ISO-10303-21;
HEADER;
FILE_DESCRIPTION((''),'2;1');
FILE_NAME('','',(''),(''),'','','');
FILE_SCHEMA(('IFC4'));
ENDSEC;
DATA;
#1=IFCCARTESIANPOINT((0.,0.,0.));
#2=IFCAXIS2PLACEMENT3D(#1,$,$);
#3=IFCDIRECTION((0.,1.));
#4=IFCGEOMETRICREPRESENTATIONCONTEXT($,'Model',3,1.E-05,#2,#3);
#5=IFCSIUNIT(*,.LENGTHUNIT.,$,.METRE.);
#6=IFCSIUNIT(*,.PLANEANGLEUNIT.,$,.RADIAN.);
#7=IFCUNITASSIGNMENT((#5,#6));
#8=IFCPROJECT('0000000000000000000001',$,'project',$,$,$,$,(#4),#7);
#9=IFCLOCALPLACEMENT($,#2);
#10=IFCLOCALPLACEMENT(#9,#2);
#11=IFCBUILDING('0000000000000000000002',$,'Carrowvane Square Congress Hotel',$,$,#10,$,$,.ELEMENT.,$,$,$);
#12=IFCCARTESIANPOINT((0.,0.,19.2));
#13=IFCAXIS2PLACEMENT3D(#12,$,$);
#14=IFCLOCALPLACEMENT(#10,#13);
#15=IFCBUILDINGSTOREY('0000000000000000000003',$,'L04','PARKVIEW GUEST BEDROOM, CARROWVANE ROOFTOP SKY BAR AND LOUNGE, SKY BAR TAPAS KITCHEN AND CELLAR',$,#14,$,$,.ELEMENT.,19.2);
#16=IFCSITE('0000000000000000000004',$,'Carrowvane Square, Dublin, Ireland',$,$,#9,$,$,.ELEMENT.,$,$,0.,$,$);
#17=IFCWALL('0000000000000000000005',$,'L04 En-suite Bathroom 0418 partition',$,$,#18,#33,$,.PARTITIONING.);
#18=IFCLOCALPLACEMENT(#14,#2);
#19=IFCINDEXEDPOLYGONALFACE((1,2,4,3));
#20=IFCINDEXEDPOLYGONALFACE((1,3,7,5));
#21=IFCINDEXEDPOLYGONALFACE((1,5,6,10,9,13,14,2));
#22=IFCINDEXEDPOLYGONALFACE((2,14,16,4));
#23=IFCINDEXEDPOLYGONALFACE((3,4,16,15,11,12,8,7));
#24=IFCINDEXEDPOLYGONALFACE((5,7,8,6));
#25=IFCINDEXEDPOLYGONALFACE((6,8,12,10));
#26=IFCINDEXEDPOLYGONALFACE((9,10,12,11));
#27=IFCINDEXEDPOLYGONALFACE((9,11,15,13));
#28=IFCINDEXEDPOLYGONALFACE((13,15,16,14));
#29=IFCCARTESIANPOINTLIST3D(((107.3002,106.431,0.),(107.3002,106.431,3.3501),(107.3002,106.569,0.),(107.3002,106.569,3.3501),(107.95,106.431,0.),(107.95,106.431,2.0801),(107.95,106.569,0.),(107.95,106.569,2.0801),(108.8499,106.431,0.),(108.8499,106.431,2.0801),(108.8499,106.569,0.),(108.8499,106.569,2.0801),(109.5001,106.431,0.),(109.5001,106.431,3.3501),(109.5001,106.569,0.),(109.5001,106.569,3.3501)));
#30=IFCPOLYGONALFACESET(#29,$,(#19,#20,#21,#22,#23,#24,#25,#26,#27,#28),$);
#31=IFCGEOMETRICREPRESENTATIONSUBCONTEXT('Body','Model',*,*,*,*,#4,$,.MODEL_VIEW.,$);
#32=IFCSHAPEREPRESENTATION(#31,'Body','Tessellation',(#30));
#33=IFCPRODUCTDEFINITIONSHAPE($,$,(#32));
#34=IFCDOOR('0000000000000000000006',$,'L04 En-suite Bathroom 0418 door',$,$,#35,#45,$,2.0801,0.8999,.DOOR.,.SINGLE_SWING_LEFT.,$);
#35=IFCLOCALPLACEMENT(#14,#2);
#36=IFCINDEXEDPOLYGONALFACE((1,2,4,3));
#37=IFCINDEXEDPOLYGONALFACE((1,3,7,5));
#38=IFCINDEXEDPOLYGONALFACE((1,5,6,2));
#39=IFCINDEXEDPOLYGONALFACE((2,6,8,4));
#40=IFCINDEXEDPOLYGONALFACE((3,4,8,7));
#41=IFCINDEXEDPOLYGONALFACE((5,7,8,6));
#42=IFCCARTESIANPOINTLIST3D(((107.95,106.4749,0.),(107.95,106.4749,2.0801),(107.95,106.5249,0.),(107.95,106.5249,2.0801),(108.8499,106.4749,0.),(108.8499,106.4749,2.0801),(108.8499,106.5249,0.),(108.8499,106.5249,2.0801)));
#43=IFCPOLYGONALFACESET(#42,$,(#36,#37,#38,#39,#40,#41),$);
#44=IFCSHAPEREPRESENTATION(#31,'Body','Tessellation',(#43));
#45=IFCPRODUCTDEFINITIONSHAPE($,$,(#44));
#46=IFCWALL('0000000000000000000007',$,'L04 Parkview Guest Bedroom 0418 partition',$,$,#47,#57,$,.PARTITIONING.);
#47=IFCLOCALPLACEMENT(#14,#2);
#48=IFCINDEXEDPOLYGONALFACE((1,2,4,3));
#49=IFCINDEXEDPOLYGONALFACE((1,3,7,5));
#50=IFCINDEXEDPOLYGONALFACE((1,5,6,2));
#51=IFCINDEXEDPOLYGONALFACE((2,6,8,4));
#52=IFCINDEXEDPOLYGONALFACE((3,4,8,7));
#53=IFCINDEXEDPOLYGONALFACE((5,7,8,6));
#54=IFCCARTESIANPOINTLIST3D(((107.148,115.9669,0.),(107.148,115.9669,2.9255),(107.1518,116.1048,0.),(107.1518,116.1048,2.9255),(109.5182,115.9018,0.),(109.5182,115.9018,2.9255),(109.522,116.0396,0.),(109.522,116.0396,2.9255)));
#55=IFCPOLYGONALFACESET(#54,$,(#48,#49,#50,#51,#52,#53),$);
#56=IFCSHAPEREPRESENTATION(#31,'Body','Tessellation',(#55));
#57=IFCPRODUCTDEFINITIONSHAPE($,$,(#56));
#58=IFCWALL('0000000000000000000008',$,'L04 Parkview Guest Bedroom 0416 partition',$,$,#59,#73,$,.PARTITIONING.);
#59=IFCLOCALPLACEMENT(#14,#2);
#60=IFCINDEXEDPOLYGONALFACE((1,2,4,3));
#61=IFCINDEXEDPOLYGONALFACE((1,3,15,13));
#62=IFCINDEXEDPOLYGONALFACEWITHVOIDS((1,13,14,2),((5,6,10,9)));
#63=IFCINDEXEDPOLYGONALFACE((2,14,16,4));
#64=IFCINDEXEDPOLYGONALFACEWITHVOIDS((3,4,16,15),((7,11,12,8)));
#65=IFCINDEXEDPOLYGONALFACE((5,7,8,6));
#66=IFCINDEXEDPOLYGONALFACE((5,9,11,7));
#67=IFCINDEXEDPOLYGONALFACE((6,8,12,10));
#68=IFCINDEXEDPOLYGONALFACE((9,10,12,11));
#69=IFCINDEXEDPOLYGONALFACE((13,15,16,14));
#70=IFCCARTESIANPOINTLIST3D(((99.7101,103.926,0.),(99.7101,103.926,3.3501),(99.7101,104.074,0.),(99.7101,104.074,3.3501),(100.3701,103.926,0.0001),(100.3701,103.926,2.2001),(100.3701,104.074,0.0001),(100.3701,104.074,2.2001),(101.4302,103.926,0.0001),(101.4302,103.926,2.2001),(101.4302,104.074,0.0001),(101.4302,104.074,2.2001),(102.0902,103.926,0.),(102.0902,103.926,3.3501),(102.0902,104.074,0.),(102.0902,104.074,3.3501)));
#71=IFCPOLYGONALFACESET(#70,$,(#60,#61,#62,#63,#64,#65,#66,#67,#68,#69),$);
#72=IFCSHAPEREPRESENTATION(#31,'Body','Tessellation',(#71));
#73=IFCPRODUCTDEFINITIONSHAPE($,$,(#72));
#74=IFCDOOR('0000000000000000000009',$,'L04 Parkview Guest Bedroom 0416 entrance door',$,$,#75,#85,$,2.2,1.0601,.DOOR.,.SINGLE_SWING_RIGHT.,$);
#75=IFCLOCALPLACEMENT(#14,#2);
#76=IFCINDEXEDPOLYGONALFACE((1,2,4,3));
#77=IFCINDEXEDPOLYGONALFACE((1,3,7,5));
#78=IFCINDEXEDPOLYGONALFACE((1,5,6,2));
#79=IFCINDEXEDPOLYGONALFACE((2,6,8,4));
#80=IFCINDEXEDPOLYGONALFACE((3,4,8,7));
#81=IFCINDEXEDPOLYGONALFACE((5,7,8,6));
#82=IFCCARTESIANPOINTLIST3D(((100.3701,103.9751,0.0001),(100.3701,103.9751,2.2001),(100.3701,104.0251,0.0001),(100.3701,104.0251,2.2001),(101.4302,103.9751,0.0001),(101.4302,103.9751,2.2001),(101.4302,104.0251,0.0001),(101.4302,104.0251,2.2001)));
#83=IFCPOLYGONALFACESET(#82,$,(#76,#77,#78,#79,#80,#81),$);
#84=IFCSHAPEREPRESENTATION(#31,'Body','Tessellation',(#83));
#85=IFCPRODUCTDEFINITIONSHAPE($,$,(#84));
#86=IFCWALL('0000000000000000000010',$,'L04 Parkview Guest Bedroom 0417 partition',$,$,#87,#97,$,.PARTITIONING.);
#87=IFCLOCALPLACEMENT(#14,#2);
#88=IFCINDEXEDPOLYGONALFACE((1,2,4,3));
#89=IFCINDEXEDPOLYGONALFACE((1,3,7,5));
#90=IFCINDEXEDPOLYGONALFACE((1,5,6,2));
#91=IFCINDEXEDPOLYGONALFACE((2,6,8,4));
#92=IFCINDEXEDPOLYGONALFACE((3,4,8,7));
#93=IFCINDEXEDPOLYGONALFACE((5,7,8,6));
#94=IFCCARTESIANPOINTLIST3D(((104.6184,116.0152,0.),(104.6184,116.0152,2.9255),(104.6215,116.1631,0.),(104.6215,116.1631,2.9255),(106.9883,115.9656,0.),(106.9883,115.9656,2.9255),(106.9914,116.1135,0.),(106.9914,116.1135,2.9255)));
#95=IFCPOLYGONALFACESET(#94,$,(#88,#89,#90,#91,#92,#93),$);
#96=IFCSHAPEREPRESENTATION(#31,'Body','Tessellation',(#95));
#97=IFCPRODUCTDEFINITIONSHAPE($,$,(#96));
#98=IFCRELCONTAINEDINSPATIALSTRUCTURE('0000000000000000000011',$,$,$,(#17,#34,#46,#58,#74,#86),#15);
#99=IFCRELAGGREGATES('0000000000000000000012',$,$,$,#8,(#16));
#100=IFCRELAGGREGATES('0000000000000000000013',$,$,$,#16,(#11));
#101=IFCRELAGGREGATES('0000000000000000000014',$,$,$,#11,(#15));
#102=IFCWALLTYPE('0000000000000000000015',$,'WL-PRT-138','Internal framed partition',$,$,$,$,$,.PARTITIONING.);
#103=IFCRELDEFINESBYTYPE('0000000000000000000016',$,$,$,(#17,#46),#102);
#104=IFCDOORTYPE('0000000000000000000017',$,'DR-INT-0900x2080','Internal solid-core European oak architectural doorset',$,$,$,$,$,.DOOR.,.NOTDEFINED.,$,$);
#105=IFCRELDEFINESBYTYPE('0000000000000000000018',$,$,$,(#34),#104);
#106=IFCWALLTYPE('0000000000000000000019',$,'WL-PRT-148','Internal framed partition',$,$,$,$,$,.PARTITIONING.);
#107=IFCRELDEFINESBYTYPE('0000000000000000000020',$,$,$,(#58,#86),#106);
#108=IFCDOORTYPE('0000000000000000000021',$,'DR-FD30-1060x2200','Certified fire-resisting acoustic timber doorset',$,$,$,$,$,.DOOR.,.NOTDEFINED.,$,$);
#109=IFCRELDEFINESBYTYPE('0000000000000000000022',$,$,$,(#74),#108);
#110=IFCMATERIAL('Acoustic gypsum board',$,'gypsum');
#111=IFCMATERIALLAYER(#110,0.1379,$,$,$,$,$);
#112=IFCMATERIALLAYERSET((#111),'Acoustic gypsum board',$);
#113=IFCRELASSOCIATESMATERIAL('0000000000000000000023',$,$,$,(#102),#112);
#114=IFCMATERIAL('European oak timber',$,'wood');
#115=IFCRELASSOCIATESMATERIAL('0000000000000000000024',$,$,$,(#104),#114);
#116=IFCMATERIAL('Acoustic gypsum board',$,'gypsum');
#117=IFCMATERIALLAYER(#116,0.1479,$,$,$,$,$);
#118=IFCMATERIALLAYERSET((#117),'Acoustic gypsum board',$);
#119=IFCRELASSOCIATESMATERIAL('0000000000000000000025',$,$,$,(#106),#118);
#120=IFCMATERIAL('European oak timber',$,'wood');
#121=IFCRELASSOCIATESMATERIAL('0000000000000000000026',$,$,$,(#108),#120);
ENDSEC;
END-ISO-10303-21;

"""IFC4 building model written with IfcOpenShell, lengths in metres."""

from ifc_helpers import new_model, si_unit, direction, frame, frame_2d, origin, place, context, subcontext, project, spatial, rectangle, extrude, material, layer, layer_set, type_object, element, fill, save


model = new_model("IFC4")

# Units and contexts
model_context = context("Model", 3, precision=1e-05, world=origin(), true_north=direction((0.0, 1.0)))
body_context = subcontext(model_context, "Body", "Model", "MODEL_VIEW")
ifc_project = project(units=[si_unit("LENGTHUNIT", "METRE"), si_unit("PLANEANGLEUNIT", "RADIAN")], contexts=[model_context])

# Site, building, storey
site_placement = place(None, origin())
site = spatial("IfcSite", under=ifc_project, at=site_placement, Name="Carrowvane Square, Dublin, Ireland", CompositionType="ELEMENT", RefElevation=0.0)
building_placement = place(site_placement, origin())
building = spatial("IfcBuilding", under=site, at=building_placement, Name="Carrowvane Square Congress Hotel", CompositionType="ELEMENT")
storey_placement = place(building_placement, frame((0.0, 0.0, 19.2)))
storey = spatial("IfcBuildingStorey", under=building, at=storey_placement, Name="L04", Description="PARKVIEW GUEST BEDROOM, CARROWVANE ROOFTOP SKY BAR AND LOUNGE, SKY BAR TAPAS KITCHEN AND CELLAR", CompositionType="ELEMENT", Elevation=19.2)

# Shared definitions
ifc_material_1 = material(Name="Acoustic gypsum board", Category="gypsum")
ifc_layer_1 = layer(ifc_material_1, 0.1379)
ifc_layer_set_1 = layer_set([ifc_layer_1], Name="Acoustic gypsum board")
wall_type_1 = type_object("IfcWallType", Name="WL-PRT-138", Description="Internal framed partition", PredefinedType="PARTITIONING", material=ifc_layer_set_1)

# Wall, opening, door
wall_1_placement = place(storey_placement, frame((107.3, 106.5, 0.0), z_axis=(0.0, 0.0, 1.0), x_axis=(1.0, 0.0, 0.0)))
wall_1 = element("IfcWall", 1, at=wall_1_placement, inside=storey, type_object=wall_type_1, Name="L04 En-suite Bathroom 0418 partition", PredefinedType="PARTITIONING", context=body_context, shape_type="SweptSolid", body=[
    extrude(rectangle(XDim=2.2, YDim=0.1379, at=frame_2d((1.1001, 0.0))), origin(), (0.0, 0.0, 1.0), 3.3501),
])
opening_1_placement = place(wall_1_placement, frame((0.6499, 0.0, 0.0)))
opening_1 = element("IfcOpeningElement", 2, at=opening_1_placement, cuts=wall_1, PredefinedType="OPENING", context=body_context, shape_type="SweptSolid", body=[
    extrude(rectangle(XDim=0.8999, YDim=2.0801, at=frame_2d((0.45, 1.04))), frame((0.0, 0.0789, 0.0), z_axis=(0.0, -1.0, 0.0), x_axis=(1.0, 0.0, 0.0)), (0.0, 0.0, 1.0), 0.158),
])
ifc_material_2 = material(Name="European oak timber", Category="wood")
door_type_1 = type_object("IfcDoorType", Name="DR-INT-0900x2080", Description="Internal solid-core European oak architectural doorset", OperationType="NOTDEFINED", PredefinedType="DOOR", material=ifc_material_2)
door_1_placement = place(opening_1_placement, origin())
door_1 = element("IfcDoor", 3, at=door_1_placement, inside=storey, type_object=door_type_1, Name="L04 En-suite Bathroom 0418 door", OperationType="SINGLE_SWING_LEFT", OverallHeight=2.0801, OverallWidth=0.8999, PredefinedType="DOOR", context=body_context, shape_type="SweptSolid", body=[
    extrude(rectangle(XDim=0.8999, YDim=2.0801, at=frame_2d((0.45, 1.04))), frame((0.0, 0.0249, 0.0), z_axis=(0.0, -1.0, 0.0), x_axis=(1.0, 0.0, 0.0)), (0.0, 0.0, 1.0), 0.05),
])
fill(opening_1, door_1)

# Wall
wall_2_placement = place(storey_placement, frame((107.1499, 116.0359, 0.0), z_axis=(0.0, 0.0, 1.0), x_axis=(0.999622, -0.027493, 0.0)))
element("IfcWall", 4, at=wall_2_placement, inside=storey, type_object=wall_type_1, Name="L04 Parkview Guest Bedroom 0418 partition", PredefinedType="PARTITIONING", context=body_context, shape_type="SweptSolid", body=[
    extrude(rectangle(XDim=2.3711, YDim=0.1379, at=frame_2d((1.1855, 0.0))), origin(), (0.0, 0.0, 1.0), 2.9255),
])

# Wall, opening, door
ifc_material_3 = material(Name="Acoustic gypsum board", Category="gypsum")
ifc_layer_2 = layer(ifc_material_3, 0.1479)
ifc_layer_set_2 = layer_set([ifc_layer_2], Name="Acoustic gypsum board")
wall_type_2 = type_object("IfcWallType", Name="WL-PRT-148", Description="Internal framed partition", PredefinedType="PARTITIONING", material=ifc_layer_set_2)
wall_3_placement = place(storey_placement, frame((102.0901, 104.0, 0.0), z_axis=(0.0, 0.0, 1.0), x_axis=(-1.0, 0.0, 0.0)))
wall_3 = element("IfcWall", 5, at=wall_3_placement, inside=storey, type_object=wall_type_2, Name="L04 Parkview Guest Bedroom 0416 partition", PredefinedType="PARTITIONING", context=body_context, shape_type="SweptSolid", body=[
    extrude(rectangle(XDim=2.3801, YDim=0.1479, at=frame_2d((1.1899, 0.0))), origin(), (0.0, 0.0, 1.0), 3.3501),
])
opening_2_placement = place(wall_3_placement, frame((0.6599, 0.0, 0.0)))
opening_2 = element("IfcOpeningElement", 6, at=opening_2_placement, cuts=wall_3, PredefinedType="OPENING", context=body_context, shape_type="SweptSolid", body=[
    extrude(rectangle(XDim=1.0601, YDim=2.2, at=frame_2d((0.53, 1.1001))), frame((0.0, 0.084, 0.0), z_axis=(0.0, -1.0, 0.0), x_axis=(1.0, 0.0, 0.0)), (0.0, 0.0, 1.0), 0.168),
])
ifc_material_4 = material(Name="European oak timber", Category="wood")
door_type_2 = type_object("IfcDoorType", Name="DR-FD30-1060x2200", Description="Certified fire-resisting acoustic timber doorset", OperationType="NOTDEFINED", PredefinedType="DOOR", material=ifc_material_4)
door_2_placement = place(opening_2_placement, origin())
door_2 = element("IfcDoor", 7, at=door_2_placement, inside=storey, type_object=door_type_2, Name="L04 Parkview Guest Bedroom 0416 entrance door", OperationType="SINGLE_SWING_RIGHT", OverallHeight=2.2, OverallWidth=1.0601, PredefinedType="DOOR", context=body_context, shape_type="SweptSolid", body=[
    extrude(rectangle(XDim=1.0601, YDim=2.2, at=frame_2d((0.53, 1.1001))), frame((0.0, 0.0249, 0.0), z_axis=(0.0, -1.0, 0.0), x_axis=(1.0, 0.0, 0.0)), (0.0, 0.0, 1.0), 0.05),
])
fill(opening_2, door_2)

# Wall
wall_4_placement = place(storey_placement, frame((104.6201, 116.0891, 0.0), z_axis=(0.0, 0.0, 1.0), x_axis=(0.999781, -0.020908, 0.0)))
element("IfcWall", 8, at=wall_4_placement, inside=storey, type_object=wall_type_2, Name="L04 Parkview Guest Bedroom 0417 partition", PredefinedType="PARTITIONING", context=body_context, shape_type="SweptSolid", body=[
    extrude(rectangle(XDim=2.3704, YDim=0.1479, at=frame_2d((1.1851, 0.0))), origin(), (0.0, 0.0, 1.0), 2.9255),
])

save(model, "model.ifc")
